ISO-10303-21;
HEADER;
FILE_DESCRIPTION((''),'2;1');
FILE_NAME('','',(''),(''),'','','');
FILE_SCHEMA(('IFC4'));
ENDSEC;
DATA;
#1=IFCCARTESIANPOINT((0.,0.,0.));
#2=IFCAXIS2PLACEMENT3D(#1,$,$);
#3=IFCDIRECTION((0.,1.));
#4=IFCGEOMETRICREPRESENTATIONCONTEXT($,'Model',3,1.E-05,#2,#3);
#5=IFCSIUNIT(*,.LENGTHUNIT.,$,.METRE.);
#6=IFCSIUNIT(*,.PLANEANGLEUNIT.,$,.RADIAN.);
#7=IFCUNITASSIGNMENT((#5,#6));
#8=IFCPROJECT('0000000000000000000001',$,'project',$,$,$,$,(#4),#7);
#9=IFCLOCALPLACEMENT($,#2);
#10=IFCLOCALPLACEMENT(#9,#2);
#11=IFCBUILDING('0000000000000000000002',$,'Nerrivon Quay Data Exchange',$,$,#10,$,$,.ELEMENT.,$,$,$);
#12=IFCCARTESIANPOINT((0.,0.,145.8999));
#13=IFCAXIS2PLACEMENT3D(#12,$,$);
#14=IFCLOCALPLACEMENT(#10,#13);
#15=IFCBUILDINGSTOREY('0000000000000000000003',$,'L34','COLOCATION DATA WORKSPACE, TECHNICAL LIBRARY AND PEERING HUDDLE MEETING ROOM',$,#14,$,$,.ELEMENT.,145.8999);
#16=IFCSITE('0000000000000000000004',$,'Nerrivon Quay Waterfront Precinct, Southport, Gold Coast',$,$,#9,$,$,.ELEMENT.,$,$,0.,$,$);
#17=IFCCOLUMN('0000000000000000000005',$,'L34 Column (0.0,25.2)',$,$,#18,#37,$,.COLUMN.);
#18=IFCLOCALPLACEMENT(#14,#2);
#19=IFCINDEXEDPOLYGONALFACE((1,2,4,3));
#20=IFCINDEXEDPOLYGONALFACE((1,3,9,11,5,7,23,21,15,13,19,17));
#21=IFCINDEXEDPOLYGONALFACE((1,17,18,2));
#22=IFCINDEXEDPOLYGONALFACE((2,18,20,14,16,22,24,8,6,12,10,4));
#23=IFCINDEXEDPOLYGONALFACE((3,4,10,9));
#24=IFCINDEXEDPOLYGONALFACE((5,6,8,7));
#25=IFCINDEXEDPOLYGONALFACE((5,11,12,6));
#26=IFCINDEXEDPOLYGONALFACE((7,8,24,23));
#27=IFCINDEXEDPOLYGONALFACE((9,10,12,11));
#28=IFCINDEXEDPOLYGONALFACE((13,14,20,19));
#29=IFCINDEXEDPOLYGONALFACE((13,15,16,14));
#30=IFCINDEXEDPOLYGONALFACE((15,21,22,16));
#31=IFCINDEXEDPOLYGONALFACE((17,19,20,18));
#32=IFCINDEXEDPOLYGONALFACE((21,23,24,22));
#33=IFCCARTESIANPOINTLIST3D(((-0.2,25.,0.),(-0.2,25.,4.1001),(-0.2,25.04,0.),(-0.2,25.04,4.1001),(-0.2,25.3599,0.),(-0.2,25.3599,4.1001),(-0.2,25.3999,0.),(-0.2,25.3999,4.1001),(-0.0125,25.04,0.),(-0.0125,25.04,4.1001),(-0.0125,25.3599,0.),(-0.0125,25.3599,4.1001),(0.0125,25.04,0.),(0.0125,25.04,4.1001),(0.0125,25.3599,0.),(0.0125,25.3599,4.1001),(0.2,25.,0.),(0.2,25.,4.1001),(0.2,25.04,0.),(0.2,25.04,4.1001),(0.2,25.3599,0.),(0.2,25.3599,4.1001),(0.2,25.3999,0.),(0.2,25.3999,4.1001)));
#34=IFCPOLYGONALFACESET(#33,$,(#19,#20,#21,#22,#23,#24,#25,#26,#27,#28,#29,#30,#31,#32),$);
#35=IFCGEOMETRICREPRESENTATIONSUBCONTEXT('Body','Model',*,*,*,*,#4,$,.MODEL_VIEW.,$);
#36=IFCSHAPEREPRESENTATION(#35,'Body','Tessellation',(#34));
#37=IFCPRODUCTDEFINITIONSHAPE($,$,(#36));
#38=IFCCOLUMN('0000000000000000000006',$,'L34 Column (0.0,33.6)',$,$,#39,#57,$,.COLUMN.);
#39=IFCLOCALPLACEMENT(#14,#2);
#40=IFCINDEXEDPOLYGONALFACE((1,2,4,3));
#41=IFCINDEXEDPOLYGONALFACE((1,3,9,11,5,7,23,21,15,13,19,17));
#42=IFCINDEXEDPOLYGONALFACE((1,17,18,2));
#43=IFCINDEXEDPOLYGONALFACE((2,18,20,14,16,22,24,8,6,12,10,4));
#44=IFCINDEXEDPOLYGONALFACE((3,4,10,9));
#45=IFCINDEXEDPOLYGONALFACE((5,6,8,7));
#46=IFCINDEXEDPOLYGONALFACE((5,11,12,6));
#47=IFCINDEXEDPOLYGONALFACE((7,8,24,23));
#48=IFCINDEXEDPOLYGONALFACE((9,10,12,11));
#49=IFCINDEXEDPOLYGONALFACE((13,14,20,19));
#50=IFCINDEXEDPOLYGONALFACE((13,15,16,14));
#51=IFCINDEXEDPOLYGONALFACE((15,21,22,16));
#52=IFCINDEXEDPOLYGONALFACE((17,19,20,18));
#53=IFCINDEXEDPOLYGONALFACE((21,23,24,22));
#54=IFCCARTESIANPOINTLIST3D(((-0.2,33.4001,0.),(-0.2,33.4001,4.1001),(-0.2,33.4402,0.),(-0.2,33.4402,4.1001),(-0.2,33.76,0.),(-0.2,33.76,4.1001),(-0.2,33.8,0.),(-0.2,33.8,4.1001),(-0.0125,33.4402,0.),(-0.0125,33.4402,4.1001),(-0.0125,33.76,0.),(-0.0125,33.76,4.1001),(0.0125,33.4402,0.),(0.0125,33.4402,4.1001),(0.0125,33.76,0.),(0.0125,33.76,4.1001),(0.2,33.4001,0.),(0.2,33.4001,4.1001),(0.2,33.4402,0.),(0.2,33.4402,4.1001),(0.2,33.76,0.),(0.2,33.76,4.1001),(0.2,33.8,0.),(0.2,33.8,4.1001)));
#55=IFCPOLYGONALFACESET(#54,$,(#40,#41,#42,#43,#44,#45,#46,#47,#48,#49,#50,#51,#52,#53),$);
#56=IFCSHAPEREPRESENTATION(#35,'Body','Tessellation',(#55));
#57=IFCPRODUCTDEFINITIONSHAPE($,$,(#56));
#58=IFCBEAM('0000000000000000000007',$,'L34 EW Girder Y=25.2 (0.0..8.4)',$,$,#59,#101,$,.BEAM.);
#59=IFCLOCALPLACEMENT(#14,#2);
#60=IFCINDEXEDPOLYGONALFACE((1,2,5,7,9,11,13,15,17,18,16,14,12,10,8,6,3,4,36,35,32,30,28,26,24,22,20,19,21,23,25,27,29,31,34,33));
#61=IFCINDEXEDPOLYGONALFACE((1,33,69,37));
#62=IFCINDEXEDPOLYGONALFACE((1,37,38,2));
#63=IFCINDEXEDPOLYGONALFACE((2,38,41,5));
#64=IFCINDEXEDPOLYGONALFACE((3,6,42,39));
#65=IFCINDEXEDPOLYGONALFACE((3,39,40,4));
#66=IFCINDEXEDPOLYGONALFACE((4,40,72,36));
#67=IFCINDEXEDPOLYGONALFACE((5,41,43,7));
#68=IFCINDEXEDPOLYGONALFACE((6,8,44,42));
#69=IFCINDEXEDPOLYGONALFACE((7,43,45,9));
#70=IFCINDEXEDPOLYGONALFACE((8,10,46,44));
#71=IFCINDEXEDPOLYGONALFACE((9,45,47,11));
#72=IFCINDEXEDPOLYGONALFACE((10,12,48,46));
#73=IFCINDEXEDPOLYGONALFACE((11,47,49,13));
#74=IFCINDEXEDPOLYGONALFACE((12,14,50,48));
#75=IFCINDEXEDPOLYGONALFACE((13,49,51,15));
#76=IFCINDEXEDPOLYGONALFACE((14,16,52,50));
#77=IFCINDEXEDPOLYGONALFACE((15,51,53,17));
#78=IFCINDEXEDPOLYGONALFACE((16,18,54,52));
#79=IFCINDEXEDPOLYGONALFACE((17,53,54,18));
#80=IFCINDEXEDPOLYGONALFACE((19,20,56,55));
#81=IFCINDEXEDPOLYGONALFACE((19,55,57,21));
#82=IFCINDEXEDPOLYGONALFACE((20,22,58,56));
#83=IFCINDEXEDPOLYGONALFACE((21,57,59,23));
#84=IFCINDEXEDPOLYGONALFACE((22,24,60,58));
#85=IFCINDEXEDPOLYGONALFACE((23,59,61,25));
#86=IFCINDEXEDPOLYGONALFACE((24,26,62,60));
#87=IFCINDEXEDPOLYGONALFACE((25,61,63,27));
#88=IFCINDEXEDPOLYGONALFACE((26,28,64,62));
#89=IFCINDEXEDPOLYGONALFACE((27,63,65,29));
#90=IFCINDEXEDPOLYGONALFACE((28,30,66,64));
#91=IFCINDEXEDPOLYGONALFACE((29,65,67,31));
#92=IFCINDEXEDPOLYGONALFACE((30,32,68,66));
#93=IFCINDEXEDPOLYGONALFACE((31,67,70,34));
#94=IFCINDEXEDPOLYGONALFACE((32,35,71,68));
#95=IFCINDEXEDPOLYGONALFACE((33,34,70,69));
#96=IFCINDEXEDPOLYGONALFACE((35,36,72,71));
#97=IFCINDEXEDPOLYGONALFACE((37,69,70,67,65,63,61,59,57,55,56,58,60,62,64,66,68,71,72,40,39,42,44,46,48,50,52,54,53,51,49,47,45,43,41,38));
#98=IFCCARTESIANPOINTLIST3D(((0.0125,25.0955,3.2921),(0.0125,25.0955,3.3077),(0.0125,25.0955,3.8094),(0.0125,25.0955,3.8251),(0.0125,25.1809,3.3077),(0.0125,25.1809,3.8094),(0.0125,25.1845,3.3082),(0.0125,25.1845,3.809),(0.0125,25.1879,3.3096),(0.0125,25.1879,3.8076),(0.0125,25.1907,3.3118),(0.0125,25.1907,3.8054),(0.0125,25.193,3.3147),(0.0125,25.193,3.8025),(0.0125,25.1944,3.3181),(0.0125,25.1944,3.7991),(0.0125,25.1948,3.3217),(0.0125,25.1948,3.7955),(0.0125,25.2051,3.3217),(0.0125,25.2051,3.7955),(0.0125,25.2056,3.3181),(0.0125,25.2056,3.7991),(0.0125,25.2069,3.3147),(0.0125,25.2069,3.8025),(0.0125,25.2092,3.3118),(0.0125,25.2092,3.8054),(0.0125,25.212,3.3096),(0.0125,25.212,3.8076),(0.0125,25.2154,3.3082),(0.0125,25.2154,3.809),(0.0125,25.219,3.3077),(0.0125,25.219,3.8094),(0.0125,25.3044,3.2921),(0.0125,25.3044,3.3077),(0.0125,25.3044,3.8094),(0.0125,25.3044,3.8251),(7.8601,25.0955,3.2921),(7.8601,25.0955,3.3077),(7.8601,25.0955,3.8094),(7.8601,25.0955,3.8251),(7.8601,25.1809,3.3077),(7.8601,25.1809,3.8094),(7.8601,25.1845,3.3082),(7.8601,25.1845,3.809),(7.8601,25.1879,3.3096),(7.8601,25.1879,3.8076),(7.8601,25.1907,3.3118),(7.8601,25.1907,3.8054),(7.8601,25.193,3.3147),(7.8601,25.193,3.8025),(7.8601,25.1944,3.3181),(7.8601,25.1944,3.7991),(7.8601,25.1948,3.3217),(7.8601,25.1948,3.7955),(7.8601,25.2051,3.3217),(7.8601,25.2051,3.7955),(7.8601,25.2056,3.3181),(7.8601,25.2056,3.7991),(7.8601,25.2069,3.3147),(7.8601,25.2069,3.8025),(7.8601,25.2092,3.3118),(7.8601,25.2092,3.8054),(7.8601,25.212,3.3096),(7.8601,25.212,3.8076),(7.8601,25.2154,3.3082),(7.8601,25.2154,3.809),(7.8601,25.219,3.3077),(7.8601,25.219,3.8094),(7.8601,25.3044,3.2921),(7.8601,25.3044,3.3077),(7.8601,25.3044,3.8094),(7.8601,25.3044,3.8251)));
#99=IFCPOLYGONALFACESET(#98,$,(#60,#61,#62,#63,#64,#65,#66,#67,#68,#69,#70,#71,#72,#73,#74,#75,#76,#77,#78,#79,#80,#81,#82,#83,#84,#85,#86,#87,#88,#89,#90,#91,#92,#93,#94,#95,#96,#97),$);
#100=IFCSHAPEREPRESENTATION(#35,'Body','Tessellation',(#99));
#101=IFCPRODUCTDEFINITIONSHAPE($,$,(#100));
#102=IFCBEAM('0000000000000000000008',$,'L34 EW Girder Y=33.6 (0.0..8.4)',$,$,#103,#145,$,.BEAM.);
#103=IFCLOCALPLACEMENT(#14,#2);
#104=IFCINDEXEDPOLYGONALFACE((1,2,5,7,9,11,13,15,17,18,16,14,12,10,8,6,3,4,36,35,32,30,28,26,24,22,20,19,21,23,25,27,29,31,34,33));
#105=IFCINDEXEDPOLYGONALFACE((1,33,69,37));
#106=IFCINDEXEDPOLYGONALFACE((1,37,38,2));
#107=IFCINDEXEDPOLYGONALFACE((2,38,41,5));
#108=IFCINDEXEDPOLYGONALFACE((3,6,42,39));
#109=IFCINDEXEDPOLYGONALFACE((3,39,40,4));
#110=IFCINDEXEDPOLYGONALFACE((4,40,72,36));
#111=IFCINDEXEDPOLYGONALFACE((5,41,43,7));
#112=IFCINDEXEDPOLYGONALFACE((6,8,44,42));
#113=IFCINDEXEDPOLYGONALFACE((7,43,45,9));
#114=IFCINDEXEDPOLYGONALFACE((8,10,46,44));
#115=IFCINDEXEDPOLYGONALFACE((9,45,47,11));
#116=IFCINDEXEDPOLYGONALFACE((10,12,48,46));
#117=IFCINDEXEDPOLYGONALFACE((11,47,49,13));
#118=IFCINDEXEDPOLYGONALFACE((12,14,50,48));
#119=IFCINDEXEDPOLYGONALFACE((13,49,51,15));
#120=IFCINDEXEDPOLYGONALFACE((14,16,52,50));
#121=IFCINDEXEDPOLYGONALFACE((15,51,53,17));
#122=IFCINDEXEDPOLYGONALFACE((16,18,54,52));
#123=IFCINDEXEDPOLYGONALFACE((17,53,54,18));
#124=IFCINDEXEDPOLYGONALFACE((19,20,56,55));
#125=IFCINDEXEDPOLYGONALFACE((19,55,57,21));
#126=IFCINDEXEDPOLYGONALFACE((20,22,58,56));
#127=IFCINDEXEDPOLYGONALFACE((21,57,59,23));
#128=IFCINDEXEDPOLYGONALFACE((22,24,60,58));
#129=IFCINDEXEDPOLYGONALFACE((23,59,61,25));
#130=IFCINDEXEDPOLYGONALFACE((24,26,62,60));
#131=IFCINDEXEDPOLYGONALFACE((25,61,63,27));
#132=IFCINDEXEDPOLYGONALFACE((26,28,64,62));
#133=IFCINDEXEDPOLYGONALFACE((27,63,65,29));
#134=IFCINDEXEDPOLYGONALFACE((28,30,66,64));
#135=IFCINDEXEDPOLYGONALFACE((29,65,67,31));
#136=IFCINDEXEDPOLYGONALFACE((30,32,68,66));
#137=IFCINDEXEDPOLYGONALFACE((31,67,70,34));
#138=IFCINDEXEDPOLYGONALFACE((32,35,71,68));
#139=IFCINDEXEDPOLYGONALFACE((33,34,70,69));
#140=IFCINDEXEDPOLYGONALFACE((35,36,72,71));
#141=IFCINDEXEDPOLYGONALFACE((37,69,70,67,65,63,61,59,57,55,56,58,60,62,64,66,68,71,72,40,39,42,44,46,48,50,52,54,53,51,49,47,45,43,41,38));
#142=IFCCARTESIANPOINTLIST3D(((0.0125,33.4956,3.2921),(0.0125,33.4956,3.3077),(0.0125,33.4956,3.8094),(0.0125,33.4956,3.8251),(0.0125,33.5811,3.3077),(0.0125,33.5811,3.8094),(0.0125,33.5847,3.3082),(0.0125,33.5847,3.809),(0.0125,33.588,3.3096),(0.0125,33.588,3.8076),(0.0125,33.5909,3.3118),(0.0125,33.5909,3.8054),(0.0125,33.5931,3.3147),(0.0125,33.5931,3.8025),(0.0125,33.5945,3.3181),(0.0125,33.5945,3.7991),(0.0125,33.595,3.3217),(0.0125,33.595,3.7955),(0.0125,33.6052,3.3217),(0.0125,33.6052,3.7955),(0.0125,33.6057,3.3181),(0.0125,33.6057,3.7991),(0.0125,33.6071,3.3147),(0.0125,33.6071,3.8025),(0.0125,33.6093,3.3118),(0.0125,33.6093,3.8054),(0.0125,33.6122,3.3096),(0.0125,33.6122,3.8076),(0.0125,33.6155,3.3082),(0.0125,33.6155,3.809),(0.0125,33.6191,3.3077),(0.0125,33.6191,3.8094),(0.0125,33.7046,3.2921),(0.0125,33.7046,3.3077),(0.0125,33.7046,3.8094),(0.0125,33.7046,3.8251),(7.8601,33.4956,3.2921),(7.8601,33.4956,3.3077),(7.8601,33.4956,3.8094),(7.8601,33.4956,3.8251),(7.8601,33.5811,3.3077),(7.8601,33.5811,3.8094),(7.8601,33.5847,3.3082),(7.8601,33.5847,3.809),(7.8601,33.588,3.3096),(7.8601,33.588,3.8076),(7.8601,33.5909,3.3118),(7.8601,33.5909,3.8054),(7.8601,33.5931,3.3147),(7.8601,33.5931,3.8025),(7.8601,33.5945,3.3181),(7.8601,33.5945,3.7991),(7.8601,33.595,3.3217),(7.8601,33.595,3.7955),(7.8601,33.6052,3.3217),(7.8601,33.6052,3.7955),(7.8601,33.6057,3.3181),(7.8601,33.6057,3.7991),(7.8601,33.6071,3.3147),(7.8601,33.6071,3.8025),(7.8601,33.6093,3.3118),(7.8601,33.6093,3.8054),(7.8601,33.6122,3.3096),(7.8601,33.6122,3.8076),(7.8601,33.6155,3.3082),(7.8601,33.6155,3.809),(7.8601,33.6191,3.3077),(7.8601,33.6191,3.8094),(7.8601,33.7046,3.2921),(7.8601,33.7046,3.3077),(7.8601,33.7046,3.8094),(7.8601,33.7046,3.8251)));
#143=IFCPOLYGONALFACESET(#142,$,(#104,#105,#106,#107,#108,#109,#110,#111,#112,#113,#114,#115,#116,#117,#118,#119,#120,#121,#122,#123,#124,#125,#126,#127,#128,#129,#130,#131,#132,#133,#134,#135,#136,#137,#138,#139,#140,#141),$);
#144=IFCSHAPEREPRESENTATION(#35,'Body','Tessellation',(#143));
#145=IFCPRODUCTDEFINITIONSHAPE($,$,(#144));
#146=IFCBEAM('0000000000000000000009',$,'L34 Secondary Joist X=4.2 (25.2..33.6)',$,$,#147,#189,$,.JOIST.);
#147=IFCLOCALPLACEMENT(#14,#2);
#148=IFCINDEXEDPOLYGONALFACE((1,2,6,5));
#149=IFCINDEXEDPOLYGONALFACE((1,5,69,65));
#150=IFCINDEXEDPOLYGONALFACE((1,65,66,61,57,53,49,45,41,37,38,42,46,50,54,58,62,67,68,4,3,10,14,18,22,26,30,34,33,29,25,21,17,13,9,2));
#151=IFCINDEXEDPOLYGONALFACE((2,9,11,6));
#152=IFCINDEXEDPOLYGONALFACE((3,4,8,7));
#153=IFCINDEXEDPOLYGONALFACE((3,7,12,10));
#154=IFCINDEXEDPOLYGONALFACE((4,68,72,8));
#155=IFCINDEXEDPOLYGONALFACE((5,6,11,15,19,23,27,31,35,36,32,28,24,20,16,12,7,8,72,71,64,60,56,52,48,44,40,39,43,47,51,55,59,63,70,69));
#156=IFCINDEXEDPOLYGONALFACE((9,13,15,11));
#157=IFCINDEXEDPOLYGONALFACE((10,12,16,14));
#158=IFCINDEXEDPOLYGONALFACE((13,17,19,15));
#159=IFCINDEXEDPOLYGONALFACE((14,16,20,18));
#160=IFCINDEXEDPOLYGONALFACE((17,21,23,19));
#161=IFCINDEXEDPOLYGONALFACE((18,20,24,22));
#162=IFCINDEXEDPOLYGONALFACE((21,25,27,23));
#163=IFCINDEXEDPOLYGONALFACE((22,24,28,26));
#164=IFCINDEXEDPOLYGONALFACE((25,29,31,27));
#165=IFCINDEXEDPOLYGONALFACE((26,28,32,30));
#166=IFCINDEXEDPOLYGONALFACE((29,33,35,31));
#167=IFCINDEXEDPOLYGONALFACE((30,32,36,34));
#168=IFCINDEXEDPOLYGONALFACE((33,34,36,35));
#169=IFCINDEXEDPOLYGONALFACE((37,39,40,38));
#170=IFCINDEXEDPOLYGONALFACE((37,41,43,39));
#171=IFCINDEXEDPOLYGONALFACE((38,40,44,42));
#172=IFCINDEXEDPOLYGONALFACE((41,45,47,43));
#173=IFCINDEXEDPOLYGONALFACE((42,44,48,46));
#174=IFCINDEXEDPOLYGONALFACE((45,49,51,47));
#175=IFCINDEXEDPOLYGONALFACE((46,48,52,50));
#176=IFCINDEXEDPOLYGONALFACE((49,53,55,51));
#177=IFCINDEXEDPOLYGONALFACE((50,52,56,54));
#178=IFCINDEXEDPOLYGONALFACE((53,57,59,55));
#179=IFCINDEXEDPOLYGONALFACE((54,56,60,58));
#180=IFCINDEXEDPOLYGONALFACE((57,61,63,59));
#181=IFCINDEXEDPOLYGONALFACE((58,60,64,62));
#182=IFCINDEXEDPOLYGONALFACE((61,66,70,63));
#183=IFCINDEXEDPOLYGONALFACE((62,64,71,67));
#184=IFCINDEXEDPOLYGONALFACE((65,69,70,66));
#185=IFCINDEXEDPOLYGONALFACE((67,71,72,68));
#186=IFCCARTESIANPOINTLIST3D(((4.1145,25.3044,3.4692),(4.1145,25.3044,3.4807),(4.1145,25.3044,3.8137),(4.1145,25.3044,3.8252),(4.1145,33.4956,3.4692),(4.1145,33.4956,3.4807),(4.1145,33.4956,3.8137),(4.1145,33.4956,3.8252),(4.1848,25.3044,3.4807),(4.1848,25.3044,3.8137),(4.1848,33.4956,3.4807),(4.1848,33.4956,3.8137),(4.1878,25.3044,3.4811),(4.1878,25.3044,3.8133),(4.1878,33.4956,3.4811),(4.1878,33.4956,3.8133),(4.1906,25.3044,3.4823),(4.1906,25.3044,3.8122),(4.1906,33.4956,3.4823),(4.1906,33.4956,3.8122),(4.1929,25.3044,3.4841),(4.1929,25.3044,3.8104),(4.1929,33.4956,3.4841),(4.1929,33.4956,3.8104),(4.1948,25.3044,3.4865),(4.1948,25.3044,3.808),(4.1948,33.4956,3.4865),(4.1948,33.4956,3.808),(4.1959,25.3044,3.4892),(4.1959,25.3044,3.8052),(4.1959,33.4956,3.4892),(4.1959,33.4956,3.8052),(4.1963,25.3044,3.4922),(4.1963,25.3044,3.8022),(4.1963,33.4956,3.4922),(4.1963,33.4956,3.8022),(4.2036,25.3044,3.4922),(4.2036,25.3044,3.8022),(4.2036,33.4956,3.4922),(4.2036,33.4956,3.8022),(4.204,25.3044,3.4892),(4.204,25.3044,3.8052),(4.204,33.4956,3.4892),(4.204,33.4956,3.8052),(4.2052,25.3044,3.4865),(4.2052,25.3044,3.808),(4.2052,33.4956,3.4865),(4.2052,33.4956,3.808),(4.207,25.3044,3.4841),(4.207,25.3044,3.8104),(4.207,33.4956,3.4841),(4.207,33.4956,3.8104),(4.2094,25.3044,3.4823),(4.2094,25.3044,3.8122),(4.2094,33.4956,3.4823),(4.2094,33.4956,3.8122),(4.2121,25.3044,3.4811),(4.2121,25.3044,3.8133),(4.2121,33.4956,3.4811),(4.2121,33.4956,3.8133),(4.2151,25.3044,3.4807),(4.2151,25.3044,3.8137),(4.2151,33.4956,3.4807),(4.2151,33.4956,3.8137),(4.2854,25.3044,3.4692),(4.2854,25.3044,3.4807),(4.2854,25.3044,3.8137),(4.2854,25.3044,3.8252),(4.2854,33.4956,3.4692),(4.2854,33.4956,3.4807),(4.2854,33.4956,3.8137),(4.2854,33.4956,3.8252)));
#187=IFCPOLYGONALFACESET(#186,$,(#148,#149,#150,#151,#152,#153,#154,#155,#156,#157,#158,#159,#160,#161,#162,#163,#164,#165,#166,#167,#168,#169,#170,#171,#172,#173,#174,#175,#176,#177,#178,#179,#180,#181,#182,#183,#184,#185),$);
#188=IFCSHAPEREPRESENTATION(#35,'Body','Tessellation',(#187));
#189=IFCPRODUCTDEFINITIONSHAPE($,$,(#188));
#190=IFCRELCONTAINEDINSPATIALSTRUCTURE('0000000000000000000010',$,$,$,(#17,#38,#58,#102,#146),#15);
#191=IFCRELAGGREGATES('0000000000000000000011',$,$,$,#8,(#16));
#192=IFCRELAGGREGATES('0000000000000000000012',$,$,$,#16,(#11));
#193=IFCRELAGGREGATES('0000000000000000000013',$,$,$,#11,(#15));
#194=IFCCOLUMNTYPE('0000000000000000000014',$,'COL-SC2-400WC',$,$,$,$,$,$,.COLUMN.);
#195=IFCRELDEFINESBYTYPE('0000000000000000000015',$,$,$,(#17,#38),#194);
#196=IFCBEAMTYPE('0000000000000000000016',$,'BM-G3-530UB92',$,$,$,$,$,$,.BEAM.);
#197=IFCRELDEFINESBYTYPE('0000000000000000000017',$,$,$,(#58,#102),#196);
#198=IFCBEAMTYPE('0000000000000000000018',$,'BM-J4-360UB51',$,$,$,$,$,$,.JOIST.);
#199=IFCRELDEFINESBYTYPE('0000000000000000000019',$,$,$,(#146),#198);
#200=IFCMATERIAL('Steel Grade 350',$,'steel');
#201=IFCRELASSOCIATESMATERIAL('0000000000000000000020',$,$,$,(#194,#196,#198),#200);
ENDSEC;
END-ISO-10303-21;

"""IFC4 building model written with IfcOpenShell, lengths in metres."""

from ifc_helpers import new_model, si_unit, direction, frame, origin, origin_2d, place, context, subcontext, project, spatial, i_section, extrude, material, material_profile, profile_set, type_object, element, save


model = new_model("IFC4")

# Units and contexts
model_context = context("Model", 3, precision=1e-05, world=origin(), true_north=direction((0.0, 1.0)))
body_context = subcontext(model_context, "Body", "Model", "MODEL_VIEW")
ifc_project = project(units=[si_unit("LENGTHUNIT", "METRE"), si_unit("PLANEANGLEUNIT", "RADIAN")], contexts=[model_context])

# Site, building, storey
site_placement = place(None, origin())
site = spatial("IfcSite", under=ifc_project, at=site_placement, Name="Nerrivon Quay Waterfront Precinct, Southport, Gold Coast", CompositionType="ELEMENT", RefElevation=0.0)
building_placement = place(site_placement, origin())
building = spatial("IfcBuilding", under=site, at=building_placement, Name="Nerrivon Quay Data Exchange", CompositionType="ELEMENT")
storey_placement = place(building_placement, frame((0.0, 0.0, 145.8999)))
storey = spatial("IfcBuildingStorey", under=building, at=storey_placement, Name="L34", Description="COLOCATION DATA WORKSPACE, TECHNICAL LIBRARY AND PEERING HUDDLE MEETING ROOM", CompositionType="ELEMENT", Elevation=145.8999)

# Columns
ifc_material_1 = material(Name="Steel Grade 350", Category="steel")
ifc_material_profile_1 = material_profile(ifc_material_1, i_section(OverallWidth=0.3999, OverallDepth=0.3999, WebThickness=0.0249, FlangeThickness=0.04, at=origin_2d()), Name="400WC328")
ifc_profile_set_1 = profile_set([ifc_material_profile_1], Name="Steel Grade 350")
column_type = type_object("IfcColumnType", Name="COL-SC2-400WC", PredefinedType="COLUMN", material=ifc_profile_set_1)
for number, where, z_axis, x_axis, name in (
    (1, (0.0, 25.2, 0.0), (0.0, 0.0, 1.0), (1.0, 0.0, 0.0), "L34 Column (0.0,25.2)"),
    (2, (0.0, 33.6001, 0.0), (0.0, 0.0, 1.0), (1.0, 0.0, 0.0), "L34 Column (0.0,33.6)"),
):
    element("IfcColumn", number, at=place(storey_placement, frame(where, z_axis=z_axis, x_axis=x_axis)), inside=storey, type_object=column_type, Name=name, PredefinedType="COLUMN", context=body_context, shape_type="SweptSolid", body=[
        extrude(i_section(OverallWidth=0.3999, OverallDepth=0.3999, WebThickness=0.0249, FlangeThickness=0.04, at=origin_2d()), origin(), (0.0, 0.0, 1.0), 4.1001),
    ])

# Beams
ifc_material_profile_2 = material_profile(ifc_material_1, i_section(OverallWidth=0.209, OverallDepth=0.533, WebThickness=0.0103, FlangeThickness=0.0156, FilletRadius=0.0139, at=origin_2d()), Name="530UB92.4")
ifc_profile_set_2 = profile_set([ifc_material_profile_2], Name="Steel Grade 350")
beam_type_1 = type_object("IfcBeamType", Name="BM-G3-530UB92", PredefinedType="BEAM", material=ifc_profile_set_2)
for number, where, z_axis, x_axis, name in (
    (3, (0.0125, 25.2, 3.5586), (1.0, 0.0, 0.0), (0.0, 1.0, 0.0), "L34 EW Girder Y=25.2 (0.0..8.4)"),
    (4, (0.0125, 33.6001, 3.5586), (1.0, 0.0, 0.0), (0.0, 1.0, 0.0), "L34 EW Girder Y=33.6 (0.0..8.4)"),
):
    element("IfcBeam", number, at=place(storey_placement, frame(where, z_axis=z_axis, x_axis=x_axis)), inside=storey, type_object=beam_type_1, Name=name, PredefinedType="BEAM", context=body_context, shape_type="SweptSolid", body=[
        extrude(i_section(OverallWidth=0.209, OverallDepth=0.533, WebThickness=0.0103, FlangeThickness=0.0156, FilletRadius=0.0139, at=origin_2d()), origin(), (0.0, 0.0, 1.0), 7.8477),
    ])
ifc_material_profile_3 = material_profile(ifc_material_1, i_section(OverallWidth=0.1709, OverallDepth=0.356, WebThickness=0.0073, FlangeThickness=0.0115, FilletRadius=0.0115, at=origin_2d()), Name="360UB50.7")
ifc_profile_set_3 = profile_set([ifc_material_profile_3], Name="Steel Grade 350")
beam_type_2 = type_object("IfcBeamType", Name="BM-J4-360UB51", PredefinedType="JOIST", material=ifc_profile_set_3)
beam_1_placement = place(storey_placement, frame((4.2, 25.3044, 3.6472), z_axis=(0.0, 1.0, 0.0), x_axis=(-1.0, 0.0, 0.0)))
element("IfcBeam", 5, at=beam_1_placement, inside=storey, type_object=beam_type_2, Name="L34 Secondary Joist X=4.2 (25.2..33.6)", PredefinedType="JOIST", context=body_context, shape_type="SweptSolid", body=[
    extrude(i_section(OverallWidth=0.1709, OverallDepth=0.356, WebThickness=0.0073, FlangeThickness=0.0115, FilletRadius=0.0115, at=origin_2d()), origin(), (0.0, 0.0, 1.0), 8.1912),
])

save(model, "model.ifc")
